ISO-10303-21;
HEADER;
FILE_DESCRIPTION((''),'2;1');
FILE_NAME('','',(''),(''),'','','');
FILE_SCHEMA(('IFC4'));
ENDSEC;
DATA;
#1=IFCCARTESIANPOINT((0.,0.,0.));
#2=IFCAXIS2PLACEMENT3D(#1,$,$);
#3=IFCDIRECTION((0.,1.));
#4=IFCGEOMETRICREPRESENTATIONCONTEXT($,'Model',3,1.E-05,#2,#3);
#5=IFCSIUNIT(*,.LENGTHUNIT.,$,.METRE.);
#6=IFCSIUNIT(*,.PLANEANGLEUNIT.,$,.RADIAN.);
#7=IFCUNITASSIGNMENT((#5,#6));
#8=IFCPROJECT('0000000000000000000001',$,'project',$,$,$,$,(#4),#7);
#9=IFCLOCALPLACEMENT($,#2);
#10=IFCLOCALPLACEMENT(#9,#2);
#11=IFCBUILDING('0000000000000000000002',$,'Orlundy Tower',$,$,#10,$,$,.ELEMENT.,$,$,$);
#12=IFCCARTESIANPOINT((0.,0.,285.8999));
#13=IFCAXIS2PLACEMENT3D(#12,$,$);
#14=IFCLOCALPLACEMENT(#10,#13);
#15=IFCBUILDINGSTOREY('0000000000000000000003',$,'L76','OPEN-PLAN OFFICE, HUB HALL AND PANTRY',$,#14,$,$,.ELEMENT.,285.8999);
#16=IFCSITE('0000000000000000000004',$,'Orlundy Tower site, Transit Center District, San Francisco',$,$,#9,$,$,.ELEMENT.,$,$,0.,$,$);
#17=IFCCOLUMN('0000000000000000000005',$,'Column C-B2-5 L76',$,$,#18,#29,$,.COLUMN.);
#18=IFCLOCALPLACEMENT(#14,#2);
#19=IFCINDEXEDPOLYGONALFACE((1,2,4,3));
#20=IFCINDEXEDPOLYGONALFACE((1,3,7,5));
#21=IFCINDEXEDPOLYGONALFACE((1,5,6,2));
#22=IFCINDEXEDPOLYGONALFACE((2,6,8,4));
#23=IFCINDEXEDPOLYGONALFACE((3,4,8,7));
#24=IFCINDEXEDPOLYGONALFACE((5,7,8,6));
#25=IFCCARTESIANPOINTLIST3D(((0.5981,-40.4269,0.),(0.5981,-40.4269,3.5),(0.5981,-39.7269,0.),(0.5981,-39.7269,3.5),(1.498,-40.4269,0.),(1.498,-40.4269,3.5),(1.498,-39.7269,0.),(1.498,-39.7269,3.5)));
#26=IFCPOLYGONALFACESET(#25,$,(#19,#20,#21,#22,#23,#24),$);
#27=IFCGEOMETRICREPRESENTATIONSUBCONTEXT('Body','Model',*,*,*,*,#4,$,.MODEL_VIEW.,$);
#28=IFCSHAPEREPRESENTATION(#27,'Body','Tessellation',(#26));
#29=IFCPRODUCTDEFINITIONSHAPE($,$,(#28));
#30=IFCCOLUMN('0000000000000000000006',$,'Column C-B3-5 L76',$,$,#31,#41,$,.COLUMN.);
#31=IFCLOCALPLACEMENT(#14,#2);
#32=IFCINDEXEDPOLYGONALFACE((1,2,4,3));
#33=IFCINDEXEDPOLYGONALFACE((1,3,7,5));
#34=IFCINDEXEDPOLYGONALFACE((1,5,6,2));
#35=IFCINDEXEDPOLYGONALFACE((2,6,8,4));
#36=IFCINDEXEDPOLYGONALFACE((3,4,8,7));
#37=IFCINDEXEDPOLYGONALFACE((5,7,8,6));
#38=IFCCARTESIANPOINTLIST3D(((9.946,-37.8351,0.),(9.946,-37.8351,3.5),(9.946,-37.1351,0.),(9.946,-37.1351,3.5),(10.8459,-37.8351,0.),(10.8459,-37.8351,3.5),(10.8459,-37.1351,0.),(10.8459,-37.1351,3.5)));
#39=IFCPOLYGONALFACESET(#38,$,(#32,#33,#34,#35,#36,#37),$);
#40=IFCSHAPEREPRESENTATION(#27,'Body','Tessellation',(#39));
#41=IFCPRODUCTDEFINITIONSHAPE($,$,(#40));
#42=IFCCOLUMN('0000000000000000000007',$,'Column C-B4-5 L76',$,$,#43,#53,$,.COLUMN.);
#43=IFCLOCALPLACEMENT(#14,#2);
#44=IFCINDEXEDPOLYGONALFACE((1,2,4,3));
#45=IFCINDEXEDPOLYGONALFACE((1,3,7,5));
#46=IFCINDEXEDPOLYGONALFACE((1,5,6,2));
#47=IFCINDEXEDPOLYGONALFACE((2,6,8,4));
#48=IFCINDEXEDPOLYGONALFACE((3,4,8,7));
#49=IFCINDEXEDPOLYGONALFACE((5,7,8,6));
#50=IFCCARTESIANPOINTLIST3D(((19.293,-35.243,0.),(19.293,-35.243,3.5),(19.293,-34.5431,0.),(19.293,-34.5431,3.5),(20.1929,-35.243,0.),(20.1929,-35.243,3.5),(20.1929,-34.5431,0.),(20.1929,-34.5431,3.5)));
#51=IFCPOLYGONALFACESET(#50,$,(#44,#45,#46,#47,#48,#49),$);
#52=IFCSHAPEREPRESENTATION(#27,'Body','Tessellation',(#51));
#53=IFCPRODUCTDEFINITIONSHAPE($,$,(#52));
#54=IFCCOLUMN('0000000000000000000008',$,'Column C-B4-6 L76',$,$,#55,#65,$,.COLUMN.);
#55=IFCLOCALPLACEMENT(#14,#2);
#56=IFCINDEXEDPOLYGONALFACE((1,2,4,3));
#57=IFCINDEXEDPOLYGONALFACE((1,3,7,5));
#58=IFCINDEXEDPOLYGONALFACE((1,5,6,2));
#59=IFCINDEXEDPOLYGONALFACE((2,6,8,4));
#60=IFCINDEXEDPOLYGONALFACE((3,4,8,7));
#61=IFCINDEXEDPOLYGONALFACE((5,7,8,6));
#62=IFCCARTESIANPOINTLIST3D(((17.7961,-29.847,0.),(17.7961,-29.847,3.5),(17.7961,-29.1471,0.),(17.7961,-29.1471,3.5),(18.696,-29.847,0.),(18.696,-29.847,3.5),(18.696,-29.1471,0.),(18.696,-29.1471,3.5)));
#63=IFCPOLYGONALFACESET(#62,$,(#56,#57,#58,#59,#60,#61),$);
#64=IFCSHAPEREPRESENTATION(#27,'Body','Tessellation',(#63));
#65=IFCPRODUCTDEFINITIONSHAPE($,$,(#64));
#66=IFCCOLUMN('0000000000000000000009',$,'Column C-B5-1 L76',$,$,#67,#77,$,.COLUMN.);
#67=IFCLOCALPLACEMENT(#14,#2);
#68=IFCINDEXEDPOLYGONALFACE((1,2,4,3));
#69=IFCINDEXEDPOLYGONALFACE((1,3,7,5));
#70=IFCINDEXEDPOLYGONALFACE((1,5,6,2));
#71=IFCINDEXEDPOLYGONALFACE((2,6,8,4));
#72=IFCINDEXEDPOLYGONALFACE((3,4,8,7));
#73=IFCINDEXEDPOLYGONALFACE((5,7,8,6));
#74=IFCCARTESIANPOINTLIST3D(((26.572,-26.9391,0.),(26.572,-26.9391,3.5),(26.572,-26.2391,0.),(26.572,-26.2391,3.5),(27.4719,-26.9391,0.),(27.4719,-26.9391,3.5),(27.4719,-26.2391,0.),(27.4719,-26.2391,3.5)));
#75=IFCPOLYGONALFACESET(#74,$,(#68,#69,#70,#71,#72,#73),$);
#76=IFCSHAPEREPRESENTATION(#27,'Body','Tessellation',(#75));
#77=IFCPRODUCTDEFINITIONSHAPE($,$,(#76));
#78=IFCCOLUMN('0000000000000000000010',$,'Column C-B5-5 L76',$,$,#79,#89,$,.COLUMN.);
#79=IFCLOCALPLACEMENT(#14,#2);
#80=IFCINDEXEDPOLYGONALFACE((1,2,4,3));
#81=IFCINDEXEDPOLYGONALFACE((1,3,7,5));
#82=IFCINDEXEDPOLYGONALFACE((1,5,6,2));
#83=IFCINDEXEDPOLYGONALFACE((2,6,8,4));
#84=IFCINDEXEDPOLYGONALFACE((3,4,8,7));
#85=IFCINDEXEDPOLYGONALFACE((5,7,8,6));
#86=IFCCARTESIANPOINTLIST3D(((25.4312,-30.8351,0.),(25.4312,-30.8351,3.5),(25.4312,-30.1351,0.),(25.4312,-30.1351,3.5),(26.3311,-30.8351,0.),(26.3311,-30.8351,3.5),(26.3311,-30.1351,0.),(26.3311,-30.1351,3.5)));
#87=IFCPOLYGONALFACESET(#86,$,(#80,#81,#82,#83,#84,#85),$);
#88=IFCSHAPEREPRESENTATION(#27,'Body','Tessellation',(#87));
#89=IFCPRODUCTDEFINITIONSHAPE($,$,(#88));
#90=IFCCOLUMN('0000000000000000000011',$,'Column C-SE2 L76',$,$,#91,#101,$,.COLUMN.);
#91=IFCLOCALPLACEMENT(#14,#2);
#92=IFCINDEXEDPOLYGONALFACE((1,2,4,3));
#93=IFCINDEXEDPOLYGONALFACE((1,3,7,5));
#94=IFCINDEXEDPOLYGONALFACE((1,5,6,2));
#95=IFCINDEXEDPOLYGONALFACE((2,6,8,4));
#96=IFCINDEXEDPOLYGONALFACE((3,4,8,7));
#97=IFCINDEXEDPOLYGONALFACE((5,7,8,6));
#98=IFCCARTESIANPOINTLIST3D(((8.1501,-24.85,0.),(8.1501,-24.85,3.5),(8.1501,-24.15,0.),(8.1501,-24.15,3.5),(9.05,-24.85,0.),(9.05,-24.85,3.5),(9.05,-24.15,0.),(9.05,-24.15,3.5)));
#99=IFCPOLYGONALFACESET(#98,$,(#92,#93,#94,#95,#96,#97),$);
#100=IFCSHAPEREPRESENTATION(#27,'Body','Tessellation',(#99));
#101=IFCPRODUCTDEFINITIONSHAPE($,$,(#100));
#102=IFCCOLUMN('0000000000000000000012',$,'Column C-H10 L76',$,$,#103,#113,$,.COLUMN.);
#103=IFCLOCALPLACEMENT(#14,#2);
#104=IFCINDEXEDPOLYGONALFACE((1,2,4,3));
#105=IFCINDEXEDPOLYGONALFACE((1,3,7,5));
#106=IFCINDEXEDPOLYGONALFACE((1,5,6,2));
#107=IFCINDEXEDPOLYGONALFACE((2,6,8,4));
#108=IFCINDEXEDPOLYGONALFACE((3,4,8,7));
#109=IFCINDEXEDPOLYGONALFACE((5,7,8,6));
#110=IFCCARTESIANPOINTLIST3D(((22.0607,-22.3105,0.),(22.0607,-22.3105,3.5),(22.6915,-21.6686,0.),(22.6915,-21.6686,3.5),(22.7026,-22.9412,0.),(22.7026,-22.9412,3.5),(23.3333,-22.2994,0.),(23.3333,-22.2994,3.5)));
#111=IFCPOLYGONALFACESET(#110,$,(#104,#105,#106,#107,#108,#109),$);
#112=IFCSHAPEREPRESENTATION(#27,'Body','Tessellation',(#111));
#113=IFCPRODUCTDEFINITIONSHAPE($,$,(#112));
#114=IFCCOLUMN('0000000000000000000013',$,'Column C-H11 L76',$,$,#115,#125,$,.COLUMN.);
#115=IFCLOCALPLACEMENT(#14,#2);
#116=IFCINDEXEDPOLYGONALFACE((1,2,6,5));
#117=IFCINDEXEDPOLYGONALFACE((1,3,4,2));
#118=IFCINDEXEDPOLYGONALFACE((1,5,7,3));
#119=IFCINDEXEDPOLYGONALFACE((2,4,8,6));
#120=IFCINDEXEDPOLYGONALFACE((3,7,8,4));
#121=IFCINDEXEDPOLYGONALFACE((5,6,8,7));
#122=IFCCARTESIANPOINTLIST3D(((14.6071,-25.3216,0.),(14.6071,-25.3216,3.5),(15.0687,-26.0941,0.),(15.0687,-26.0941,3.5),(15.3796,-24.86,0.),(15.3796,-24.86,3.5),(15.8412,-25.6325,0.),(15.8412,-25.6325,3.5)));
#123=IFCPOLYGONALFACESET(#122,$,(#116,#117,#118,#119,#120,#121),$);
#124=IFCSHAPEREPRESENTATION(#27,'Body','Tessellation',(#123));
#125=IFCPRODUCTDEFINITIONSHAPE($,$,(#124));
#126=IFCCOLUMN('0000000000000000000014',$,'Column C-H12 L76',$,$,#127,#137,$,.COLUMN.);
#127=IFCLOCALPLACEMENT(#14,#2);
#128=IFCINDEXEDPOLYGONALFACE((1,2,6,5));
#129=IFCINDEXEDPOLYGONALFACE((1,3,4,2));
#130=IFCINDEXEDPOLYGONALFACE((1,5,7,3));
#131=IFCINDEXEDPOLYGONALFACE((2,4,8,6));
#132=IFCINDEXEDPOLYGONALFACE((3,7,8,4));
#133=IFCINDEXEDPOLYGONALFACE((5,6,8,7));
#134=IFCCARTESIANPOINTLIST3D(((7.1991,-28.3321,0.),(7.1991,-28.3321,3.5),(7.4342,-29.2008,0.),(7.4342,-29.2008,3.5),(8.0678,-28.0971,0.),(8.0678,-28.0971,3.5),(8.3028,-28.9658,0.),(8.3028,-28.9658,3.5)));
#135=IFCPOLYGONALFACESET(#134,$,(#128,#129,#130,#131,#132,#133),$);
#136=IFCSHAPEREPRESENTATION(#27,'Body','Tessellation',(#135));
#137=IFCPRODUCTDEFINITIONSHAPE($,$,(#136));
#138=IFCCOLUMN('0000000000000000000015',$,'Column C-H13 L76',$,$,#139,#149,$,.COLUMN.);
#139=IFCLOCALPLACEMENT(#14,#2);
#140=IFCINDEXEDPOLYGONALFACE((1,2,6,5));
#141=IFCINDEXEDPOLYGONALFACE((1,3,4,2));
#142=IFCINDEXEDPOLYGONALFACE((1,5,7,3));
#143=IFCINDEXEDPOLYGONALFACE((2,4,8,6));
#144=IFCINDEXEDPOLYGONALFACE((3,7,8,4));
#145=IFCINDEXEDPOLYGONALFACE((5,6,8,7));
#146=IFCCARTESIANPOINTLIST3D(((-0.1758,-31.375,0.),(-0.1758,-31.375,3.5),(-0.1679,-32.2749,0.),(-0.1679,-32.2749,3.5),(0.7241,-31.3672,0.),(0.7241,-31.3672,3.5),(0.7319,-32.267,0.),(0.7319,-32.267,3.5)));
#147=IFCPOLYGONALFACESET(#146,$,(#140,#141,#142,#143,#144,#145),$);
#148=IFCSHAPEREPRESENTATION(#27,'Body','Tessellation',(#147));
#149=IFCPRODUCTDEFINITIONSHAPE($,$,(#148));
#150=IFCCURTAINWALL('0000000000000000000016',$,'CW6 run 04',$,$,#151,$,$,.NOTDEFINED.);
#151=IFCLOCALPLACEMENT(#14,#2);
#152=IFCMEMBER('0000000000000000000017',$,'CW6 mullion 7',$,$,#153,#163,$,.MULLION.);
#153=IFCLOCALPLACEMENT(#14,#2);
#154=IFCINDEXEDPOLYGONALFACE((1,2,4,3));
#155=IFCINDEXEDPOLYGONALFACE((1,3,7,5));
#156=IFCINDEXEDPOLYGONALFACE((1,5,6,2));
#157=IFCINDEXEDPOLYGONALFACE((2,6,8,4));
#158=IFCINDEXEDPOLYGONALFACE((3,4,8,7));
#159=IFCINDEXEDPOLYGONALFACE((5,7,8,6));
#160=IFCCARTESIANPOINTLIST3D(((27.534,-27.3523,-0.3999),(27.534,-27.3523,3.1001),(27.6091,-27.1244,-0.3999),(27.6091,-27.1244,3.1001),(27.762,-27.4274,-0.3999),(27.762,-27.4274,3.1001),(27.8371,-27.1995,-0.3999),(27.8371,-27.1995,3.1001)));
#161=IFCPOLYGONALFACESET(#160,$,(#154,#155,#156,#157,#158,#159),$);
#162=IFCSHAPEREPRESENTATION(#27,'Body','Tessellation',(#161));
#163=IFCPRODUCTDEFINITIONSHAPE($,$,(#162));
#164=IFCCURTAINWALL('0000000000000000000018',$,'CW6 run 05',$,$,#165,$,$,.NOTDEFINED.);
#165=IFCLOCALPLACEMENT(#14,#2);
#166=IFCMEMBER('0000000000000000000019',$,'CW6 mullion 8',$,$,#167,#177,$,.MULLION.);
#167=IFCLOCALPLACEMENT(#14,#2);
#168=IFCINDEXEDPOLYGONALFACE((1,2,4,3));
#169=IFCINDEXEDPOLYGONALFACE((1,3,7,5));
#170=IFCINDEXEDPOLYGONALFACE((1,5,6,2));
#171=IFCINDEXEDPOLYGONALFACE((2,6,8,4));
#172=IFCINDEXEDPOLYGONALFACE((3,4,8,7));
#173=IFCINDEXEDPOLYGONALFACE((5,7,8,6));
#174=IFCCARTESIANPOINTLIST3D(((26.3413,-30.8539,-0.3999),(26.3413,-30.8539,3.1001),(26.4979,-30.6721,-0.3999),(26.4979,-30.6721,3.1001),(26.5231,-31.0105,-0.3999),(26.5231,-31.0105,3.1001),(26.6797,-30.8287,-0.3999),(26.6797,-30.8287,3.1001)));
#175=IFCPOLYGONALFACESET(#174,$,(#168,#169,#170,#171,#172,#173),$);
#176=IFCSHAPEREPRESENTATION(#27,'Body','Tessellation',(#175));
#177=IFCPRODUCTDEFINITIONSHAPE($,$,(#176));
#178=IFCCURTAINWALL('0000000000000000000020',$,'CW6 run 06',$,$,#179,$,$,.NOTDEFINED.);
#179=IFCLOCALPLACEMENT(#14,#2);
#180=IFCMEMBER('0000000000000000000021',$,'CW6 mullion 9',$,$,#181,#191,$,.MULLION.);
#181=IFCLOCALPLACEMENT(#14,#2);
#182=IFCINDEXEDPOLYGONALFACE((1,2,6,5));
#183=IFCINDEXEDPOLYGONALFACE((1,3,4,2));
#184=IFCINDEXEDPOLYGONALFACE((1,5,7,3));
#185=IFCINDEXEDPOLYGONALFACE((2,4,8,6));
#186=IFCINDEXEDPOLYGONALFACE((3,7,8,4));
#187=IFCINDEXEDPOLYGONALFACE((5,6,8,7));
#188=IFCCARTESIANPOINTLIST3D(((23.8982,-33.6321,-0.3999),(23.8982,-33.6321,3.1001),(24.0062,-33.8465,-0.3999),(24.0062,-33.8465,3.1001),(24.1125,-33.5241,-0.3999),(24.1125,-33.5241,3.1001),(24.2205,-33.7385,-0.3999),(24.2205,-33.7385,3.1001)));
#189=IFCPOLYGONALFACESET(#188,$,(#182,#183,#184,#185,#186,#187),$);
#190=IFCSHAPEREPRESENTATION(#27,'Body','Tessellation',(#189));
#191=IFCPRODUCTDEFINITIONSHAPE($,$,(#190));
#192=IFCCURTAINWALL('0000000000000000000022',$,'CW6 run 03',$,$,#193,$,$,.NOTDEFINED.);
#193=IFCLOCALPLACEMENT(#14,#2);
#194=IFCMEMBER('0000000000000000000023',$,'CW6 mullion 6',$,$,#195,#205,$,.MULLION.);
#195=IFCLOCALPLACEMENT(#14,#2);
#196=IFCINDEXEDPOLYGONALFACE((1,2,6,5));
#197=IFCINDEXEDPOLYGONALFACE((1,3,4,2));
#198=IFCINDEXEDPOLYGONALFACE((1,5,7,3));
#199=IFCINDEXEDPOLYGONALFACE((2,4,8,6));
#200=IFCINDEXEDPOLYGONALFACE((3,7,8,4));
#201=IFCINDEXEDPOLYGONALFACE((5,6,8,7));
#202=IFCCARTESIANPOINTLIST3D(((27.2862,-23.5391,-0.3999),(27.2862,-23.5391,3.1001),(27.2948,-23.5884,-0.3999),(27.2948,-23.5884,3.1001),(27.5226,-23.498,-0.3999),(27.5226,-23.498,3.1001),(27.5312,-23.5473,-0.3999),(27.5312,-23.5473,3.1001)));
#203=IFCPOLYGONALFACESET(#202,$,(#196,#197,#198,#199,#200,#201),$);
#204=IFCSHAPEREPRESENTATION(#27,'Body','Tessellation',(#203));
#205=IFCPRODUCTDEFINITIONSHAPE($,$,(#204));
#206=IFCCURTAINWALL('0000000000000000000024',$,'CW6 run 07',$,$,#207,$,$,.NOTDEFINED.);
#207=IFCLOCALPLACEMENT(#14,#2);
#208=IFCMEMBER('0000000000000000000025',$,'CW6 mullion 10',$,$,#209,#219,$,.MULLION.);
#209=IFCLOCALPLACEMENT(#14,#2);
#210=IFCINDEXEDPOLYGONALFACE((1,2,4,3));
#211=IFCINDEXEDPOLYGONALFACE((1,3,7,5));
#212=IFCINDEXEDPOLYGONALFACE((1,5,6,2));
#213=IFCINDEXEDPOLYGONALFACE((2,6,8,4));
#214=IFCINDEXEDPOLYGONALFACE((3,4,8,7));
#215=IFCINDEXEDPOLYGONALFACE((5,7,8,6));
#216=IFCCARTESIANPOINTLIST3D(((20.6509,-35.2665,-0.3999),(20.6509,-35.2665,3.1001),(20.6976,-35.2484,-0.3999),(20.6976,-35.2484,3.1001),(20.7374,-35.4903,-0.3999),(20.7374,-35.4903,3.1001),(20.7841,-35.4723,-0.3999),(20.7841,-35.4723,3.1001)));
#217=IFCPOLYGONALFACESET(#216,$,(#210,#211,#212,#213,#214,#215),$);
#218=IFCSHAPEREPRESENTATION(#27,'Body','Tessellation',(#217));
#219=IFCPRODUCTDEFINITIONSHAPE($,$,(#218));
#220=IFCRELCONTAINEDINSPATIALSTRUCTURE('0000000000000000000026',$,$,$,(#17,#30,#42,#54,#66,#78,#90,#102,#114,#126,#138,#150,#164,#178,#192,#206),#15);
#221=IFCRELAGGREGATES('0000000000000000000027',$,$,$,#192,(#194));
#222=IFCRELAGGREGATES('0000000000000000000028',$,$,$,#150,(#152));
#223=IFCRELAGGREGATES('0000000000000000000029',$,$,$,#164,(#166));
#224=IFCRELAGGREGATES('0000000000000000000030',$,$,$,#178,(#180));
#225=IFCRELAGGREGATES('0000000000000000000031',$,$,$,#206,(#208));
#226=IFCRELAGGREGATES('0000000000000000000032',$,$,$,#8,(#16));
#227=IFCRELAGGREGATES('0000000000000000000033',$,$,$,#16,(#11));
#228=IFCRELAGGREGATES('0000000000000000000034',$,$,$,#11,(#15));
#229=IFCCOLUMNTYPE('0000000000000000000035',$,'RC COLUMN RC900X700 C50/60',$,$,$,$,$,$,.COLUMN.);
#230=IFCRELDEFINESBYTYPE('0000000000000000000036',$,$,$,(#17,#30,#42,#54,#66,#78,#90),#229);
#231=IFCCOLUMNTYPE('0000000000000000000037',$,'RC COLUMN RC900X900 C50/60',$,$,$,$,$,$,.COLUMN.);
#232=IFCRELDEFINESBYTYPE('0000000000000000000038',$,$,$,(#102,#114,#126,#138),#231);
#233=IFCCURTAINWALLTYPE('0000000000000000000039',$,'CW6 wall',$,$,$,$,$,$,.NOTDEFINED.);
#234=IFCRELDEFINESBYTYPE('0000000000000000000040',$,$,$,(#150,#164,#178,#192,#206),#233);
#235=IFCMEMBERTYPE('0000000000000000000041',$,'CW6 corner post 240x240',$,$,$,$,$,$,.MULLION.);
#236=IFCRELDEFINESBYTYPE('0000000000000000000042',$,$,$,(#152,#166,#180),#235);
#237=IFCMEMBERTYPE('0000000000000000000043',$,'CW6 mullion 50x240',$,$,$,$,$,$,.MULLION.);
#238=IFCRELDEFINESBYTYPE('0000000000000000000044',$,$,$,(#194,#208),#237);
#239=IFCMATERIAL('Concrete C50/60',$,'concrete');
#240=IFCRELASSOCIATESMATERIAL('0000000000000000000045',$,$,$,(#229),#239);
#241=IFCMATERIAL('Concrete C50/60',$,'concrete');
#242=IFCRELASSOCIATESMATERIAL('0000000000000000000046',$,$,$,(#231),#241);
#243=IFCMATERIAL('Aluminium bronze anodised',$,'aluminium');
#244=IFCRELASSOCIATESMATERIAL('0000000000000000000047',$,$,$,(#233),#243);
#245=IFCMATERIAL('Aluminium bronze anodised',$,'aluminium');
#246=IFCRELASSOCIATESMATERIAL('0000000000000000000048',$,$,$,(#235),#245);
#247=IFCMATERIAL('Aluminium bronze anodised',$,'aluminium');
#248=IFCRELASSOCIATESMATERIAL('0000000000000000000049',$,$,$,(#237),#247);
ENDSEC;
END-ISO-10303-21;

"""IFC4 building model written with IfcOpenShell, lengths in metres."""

from ifc_helpers import new_model, si_unit, direction, frame, origin, origin_2d, place, context, subcontext, project, spatial, rectangle, extrude, material, material_profile, profile_set, type_object, element, aggregate, save


model = new_model("IFC4")

# Units and contexts
model_context = context("Model", 3, precision=1e-05, world=origin(), true_north=direction((0.0, 1.0)))
body_context = subcontext(model_context, "Body", "Model", "MODEL_VIEW")
ifc_project = project(units=[si_unit("LENGTHUNIT", "METRE"), si_unit("PLANEANGLEUNIT", "RADIAN")], contexts=[model_context])

# Site, building, storey
site_placement = place(None, origin())
site = spatial("IfcSite", under=ifc_project, at=site_placement, Name="Orlundy Tower site, Transit Center District, San Francisco", CompositionType="ELEMENT", RefElevation=0.0)
building_placement = place(site_placement, origin())
building = spatial("IfcBuilding", under=site, at=building_placement, Name="Orlundy Tower", CompositionType="ELEMENT")
storey_placement = place(building_placement, frame((0.0, 0.0, 285.8999)))
storey = spatial("IfcBuildingStorey", under=building, at=storey_placement, Name="L76", Description="OPEN-PLAN OFFICE, HUB HALL AND PANTRY", CompositionType="ELEMENT", Elevation=285.8999)

# Columns
ifc_material_1 = material(Name="Concrete C50/60", Category="concrete")
ifc_material_profile_1 = material_profile(ifc_material_1, rectangle(XDim=0.8999, YDim=0.7, at=origin_2d()), Name="RC900X700")
ifc_profile_set_1 = profile_set([ifc_material_profile_1], Name="Concrete C50/60")
column_type_1 = type_object("IfcColumnType", Name="RC COLUMN RC900X700 C50/60", PredefinedType="COLUMN", material=ifc_profile_set_1)
for number, where, z_axis, x_axis, name in (
    (1, (1.0481, -40.0769, 0.0), (0.0, 0.0, 1.0), (1.0, 0.0, 0.0), "Column C-B2-5 L76"),
    (2, (10.396, -37.4851, 0.0), (0.0, 0.0, 1.0), (1.0, 0.0, 0.0), "Column C-B3-5 L76"),
    (3, (19.7429, -34.8931, 0.0), (0.0, 0.0, 1.0), (1.0, 0.0, 0.0), "Column C-B4-5 L76"),
    (4, (18.2461, -29.4971, 0.0), (0.0, 0.0, 1.0), (1.0, 0.0, 0.0), "Column C-B4-6 L76"),
    (5, (27.022, -26.5891, 0.0), (0.0, 0.0, 1.0), (1.0, 0.0, 0.0), "Column C-B5-1 L76"),
    (6, (25.8811, -30.4851, 0.0), (0.0, 0.0, 1.0), (1.0, 0.0, 0.0), "Column C-B5-5 L76"),
    (7, (8.6001, -24.5, 0.0), (0.0, 0.0, 1.0), (1.0, 0.0, 0.0), "Column C-SE2 L76"),
):
    element("IfcColumn", number, at=place(storey_placement, frame(where, z_axis=z_axis, x_axis=x_axis)), inside=storey, type_object=column_type_1, Name=name, PredefinedType="COLUMN", context=body_context, shape_type="SweptSolid", body=[
        extrude(rectangle(XDim=0.8999, YDim=0.7, at=origin_2d()), origin(), (0.0, 0.0, 1.0), 3.5),
    ])
ifc_material_2 = material(Name="Concrete C50/60", Category="concrete")
ifc_material_profile_2 = material_profile(ifc_material_2, rectangle(XDim=0.8999, YDim=0.8999, at=origin_2d()), Name="RC900X900")
ifc_profile_set_2 = profile_set([ifc_material_profile_2], Name="Concrete C50/60")
column_type_2 = type_object("IfcColumnType", Name="RC COLUMN RC900X900 C50/60", PredefinedType="COLUMN", material=ifc_profile_set_2)
for number, where, z_axis, x_axis, name in (
    (8, (22.697, -22.3049, 0.0), (0.0, 0.0, 1.0), (0.713238, -0.700922, 0.0), "Column C-H10 L76"),
    (9, (15.2241, -25.4771, 0.0), (0.0, 0.0, 1.0), (0.512957, -0.858414, 0.0), "Column C-H11 L76"),
    (10, (7.751, -28.6489, 0.0), (0.0, 0.0, 1.0), (0.261162, -0.965295, 0.0), "Column C-H12 L76"),
    (11, (0.2781, -31.821, 0.0), (0.0, 0.0, 1.0), (0.008744, -0.999962, 0.0), "Column C-H13 L76"),
):
    element("IfcColumn", number, at=place(storey_placement, frame(where, z_axis=z_axis, x_axis=x_axis)), inside=storey, type_object=column_type_2, Name=name, PredefinedType="COLUMN", context=body_context, shape_type="SweptSolid", body=[
        extrude(rectangle(XDim=0.8999, YDim=0.8999, at=origin_2d()), origin(), (0.0, 0.0, 1.0), 3.5),
    ])

# Curtain walls, members
ifc_material_3 = material(Name="Aluminium bronze anodised", Category="aluminium")
curtain_wall_type = type_object("IfcCurtainWallType", Name="CW6 wall", PredefinedType="NOTDEFINED", material=ifc_material_3)
curtain_wall_1_placement = place(storey_placement, origin())
curtain_wall_1 = element("IfcCurtainWall", 12, at=curtain_wall_1_placement, inside=storey, type_object=curtain_wall_type, Name="CW6 run 04", PredefinedType="NOTDEFINED")
ifc_material_4 = material(Name="Aluminium bronze anodised", Category="aluminium")
ifc_material_profile_3 = material_profile(ifc_material_4, rectangle(XDim=0.24, YDim=0.24, at=origin_2d()), Name="CW6 corner post 240x240")
ifc_profile_set_3 = profile_set([ifc_material_profile_3], Name="Aluminium bronze anodised")
member_type_1 = type_object("IfcMemberType", Name="CW6 corner post 240x240", PredefinedType="MULLION", material=ifc_profile_set_3)
member_1_placement = place(storey_placement, frame((27.6855, -27.2759, -0.3999), z_axis=(0.0, 0.0, 1.0), x_axis=(0.949757, -0.312988, 0.0)))
member_1 = element("IfcMember", 13, at=member_1_placement, type_object=member_type_1, Name="CW6 mullion 7", PredefinedType="MULLION", context=body_context, shape_type="SweptSolid", body=[
    extrude(rectangle(XDim=0.24, YDim=0.24, at=origin_2d()), origin(), (0.0, 0.0, 1.0), 3.5),
])
curtain_wall_2_placement = place(storey_placement, origin())
curtain_wall_2 = element("IfcCurtainWall", 14, at=curtain_wall_2_placement, inside=storey, type_object=curtain_wall_type, Name="CW6 run 05", PredefinedType="NOTDEFINED")
member_2_placement = place(storey_placement, frame((26.5105, -30.8413, -0.3999), z_axis=(0.0, 0.0, 1.0), x_axis=(0.757502, -0.652833, 0.0)))
member_2 = element("IfcMember", 15, at=member_2_placement, type_object=member_type_1, Name="CW6 mullion 8", PredefinedType="MULLION", context=body_context, shape_type="SweptSolid", body=[
    extrude(rectangle(XDim=0.24, YDim=0.24, at=origin_2d()), origin(), (0.0, 0.0, 1.0), 3.5),
])
curtain_wall_3_placement = place(storey_placement, origin())
curtain_wall_3 = element("IfcCurtainWall", 16, at=curtain_wall_3_placement, inside=storey, type_object=curtain_wall_type, Name="CW6 run 06", PredefinedType="NOTDEFINED")
member_3_placement = place(storey_placement, frame((24.0593, -33.6853, -0.3999), z_axis=(0.0, 0.0, 1.0), x_axis=(0.450017, -0.89302, 0.0)))
member_3 = element("IfcMember", 17, at=member_3_placement, type_object=member_type_1, Name="CW6 mullion 9", PredefinedType="MULLION", context=body_context, shape_type="SweptSolid", body=[
    extrude(rectangle(XDim=0.24, YDim=0.24, at=origin_2d()), origin(), (0.0, 0.0, 1.0), 3.5),
])
curtain_wall_4_placement = place(storey_placement, origin())
curtain_wall_4 = element("IfcCurtainWall", 18, at=curtain_wall_4_placement, inside=storey, type_object=curtain_wall_type, Name="CW6 run 03", PredefinedType="NOTDEFINED")
ifc_material_5 = material(Name="Aluminium bronze anodised", Category="aluminium")
ifc_material_profile_4 = material_profile(ifc_material_5, rectangle(XDim=0.24, YDim=0.05, at=origin_2d()), Name="CW6 mullion 50x240")
ifc_profile_set_4 = profile_set([ifc_material_profile_4], Name="Aluminium bronze anodised")
member_type_2 = type_object("IfcMemberType", Name="CW6 mullion 50x240", PredefinedType="MULLION", material=ifc_profile_set_4)
member_4_placement = place(storey_placement, frame((27.4087, -23.5432, -0.3999), z_axis=(0.0, 0.0, 1.0), x_axis=(0.9852, 0.171411, 0.0)))
member_4 = element("IfcMember", 19, at=member_4_placement, type_object=member_type_2, Name="CW6 mullion 6", PredefinedType="MULLION", context=body_context, shape_type="SweptSolid", body=[
    extrude(rectangle(XDim=0.24, YDim=0.05, at=origin_2d()), origin(), (0.0, 0.0, 1.0), 3.5),
])

# Curtain wall, member
curtain_wall_5_placement = place(storey_placement, origin())
curtain_wall_5 = element("IfcCurtainWall", 20, at=curtain_wall_5_placement, inside=storey, type_object=curtain_wall_type, Name="CW6 run 07", PredefinedType="NOTDEFINED")
member_5_placement = place(storey_placement, frame((20.7175, -35.3694, -0.3999), z_axis=(0.0, 0.0, 1.0), x_axis=(0.360363, -0.932812, 0.0)))
member_5 = element("IfcMember", 21, at=member_5_placement, type_object=member_type_2, Name="CW6 mullion 10", PredefinedType="MULLION", context=body_context, shape_type="SweptSolid", body=[
    extrude(rectangle(XDim=0.24, YDim=0.05, at=origin_2d()), origin(), (0.0, 0.0, 1.0), 3.5),
])

aggregate(curtain_wall_4, [member_4])
aggregate(curtain_wall_1, [member_1])
aggregate(curtain_wall_2, [member_2])
aggregate(curtain_wall_3, [member_3])
aggregate(curtain_wall_5, [member_5])

save(model, "model.ifc")
